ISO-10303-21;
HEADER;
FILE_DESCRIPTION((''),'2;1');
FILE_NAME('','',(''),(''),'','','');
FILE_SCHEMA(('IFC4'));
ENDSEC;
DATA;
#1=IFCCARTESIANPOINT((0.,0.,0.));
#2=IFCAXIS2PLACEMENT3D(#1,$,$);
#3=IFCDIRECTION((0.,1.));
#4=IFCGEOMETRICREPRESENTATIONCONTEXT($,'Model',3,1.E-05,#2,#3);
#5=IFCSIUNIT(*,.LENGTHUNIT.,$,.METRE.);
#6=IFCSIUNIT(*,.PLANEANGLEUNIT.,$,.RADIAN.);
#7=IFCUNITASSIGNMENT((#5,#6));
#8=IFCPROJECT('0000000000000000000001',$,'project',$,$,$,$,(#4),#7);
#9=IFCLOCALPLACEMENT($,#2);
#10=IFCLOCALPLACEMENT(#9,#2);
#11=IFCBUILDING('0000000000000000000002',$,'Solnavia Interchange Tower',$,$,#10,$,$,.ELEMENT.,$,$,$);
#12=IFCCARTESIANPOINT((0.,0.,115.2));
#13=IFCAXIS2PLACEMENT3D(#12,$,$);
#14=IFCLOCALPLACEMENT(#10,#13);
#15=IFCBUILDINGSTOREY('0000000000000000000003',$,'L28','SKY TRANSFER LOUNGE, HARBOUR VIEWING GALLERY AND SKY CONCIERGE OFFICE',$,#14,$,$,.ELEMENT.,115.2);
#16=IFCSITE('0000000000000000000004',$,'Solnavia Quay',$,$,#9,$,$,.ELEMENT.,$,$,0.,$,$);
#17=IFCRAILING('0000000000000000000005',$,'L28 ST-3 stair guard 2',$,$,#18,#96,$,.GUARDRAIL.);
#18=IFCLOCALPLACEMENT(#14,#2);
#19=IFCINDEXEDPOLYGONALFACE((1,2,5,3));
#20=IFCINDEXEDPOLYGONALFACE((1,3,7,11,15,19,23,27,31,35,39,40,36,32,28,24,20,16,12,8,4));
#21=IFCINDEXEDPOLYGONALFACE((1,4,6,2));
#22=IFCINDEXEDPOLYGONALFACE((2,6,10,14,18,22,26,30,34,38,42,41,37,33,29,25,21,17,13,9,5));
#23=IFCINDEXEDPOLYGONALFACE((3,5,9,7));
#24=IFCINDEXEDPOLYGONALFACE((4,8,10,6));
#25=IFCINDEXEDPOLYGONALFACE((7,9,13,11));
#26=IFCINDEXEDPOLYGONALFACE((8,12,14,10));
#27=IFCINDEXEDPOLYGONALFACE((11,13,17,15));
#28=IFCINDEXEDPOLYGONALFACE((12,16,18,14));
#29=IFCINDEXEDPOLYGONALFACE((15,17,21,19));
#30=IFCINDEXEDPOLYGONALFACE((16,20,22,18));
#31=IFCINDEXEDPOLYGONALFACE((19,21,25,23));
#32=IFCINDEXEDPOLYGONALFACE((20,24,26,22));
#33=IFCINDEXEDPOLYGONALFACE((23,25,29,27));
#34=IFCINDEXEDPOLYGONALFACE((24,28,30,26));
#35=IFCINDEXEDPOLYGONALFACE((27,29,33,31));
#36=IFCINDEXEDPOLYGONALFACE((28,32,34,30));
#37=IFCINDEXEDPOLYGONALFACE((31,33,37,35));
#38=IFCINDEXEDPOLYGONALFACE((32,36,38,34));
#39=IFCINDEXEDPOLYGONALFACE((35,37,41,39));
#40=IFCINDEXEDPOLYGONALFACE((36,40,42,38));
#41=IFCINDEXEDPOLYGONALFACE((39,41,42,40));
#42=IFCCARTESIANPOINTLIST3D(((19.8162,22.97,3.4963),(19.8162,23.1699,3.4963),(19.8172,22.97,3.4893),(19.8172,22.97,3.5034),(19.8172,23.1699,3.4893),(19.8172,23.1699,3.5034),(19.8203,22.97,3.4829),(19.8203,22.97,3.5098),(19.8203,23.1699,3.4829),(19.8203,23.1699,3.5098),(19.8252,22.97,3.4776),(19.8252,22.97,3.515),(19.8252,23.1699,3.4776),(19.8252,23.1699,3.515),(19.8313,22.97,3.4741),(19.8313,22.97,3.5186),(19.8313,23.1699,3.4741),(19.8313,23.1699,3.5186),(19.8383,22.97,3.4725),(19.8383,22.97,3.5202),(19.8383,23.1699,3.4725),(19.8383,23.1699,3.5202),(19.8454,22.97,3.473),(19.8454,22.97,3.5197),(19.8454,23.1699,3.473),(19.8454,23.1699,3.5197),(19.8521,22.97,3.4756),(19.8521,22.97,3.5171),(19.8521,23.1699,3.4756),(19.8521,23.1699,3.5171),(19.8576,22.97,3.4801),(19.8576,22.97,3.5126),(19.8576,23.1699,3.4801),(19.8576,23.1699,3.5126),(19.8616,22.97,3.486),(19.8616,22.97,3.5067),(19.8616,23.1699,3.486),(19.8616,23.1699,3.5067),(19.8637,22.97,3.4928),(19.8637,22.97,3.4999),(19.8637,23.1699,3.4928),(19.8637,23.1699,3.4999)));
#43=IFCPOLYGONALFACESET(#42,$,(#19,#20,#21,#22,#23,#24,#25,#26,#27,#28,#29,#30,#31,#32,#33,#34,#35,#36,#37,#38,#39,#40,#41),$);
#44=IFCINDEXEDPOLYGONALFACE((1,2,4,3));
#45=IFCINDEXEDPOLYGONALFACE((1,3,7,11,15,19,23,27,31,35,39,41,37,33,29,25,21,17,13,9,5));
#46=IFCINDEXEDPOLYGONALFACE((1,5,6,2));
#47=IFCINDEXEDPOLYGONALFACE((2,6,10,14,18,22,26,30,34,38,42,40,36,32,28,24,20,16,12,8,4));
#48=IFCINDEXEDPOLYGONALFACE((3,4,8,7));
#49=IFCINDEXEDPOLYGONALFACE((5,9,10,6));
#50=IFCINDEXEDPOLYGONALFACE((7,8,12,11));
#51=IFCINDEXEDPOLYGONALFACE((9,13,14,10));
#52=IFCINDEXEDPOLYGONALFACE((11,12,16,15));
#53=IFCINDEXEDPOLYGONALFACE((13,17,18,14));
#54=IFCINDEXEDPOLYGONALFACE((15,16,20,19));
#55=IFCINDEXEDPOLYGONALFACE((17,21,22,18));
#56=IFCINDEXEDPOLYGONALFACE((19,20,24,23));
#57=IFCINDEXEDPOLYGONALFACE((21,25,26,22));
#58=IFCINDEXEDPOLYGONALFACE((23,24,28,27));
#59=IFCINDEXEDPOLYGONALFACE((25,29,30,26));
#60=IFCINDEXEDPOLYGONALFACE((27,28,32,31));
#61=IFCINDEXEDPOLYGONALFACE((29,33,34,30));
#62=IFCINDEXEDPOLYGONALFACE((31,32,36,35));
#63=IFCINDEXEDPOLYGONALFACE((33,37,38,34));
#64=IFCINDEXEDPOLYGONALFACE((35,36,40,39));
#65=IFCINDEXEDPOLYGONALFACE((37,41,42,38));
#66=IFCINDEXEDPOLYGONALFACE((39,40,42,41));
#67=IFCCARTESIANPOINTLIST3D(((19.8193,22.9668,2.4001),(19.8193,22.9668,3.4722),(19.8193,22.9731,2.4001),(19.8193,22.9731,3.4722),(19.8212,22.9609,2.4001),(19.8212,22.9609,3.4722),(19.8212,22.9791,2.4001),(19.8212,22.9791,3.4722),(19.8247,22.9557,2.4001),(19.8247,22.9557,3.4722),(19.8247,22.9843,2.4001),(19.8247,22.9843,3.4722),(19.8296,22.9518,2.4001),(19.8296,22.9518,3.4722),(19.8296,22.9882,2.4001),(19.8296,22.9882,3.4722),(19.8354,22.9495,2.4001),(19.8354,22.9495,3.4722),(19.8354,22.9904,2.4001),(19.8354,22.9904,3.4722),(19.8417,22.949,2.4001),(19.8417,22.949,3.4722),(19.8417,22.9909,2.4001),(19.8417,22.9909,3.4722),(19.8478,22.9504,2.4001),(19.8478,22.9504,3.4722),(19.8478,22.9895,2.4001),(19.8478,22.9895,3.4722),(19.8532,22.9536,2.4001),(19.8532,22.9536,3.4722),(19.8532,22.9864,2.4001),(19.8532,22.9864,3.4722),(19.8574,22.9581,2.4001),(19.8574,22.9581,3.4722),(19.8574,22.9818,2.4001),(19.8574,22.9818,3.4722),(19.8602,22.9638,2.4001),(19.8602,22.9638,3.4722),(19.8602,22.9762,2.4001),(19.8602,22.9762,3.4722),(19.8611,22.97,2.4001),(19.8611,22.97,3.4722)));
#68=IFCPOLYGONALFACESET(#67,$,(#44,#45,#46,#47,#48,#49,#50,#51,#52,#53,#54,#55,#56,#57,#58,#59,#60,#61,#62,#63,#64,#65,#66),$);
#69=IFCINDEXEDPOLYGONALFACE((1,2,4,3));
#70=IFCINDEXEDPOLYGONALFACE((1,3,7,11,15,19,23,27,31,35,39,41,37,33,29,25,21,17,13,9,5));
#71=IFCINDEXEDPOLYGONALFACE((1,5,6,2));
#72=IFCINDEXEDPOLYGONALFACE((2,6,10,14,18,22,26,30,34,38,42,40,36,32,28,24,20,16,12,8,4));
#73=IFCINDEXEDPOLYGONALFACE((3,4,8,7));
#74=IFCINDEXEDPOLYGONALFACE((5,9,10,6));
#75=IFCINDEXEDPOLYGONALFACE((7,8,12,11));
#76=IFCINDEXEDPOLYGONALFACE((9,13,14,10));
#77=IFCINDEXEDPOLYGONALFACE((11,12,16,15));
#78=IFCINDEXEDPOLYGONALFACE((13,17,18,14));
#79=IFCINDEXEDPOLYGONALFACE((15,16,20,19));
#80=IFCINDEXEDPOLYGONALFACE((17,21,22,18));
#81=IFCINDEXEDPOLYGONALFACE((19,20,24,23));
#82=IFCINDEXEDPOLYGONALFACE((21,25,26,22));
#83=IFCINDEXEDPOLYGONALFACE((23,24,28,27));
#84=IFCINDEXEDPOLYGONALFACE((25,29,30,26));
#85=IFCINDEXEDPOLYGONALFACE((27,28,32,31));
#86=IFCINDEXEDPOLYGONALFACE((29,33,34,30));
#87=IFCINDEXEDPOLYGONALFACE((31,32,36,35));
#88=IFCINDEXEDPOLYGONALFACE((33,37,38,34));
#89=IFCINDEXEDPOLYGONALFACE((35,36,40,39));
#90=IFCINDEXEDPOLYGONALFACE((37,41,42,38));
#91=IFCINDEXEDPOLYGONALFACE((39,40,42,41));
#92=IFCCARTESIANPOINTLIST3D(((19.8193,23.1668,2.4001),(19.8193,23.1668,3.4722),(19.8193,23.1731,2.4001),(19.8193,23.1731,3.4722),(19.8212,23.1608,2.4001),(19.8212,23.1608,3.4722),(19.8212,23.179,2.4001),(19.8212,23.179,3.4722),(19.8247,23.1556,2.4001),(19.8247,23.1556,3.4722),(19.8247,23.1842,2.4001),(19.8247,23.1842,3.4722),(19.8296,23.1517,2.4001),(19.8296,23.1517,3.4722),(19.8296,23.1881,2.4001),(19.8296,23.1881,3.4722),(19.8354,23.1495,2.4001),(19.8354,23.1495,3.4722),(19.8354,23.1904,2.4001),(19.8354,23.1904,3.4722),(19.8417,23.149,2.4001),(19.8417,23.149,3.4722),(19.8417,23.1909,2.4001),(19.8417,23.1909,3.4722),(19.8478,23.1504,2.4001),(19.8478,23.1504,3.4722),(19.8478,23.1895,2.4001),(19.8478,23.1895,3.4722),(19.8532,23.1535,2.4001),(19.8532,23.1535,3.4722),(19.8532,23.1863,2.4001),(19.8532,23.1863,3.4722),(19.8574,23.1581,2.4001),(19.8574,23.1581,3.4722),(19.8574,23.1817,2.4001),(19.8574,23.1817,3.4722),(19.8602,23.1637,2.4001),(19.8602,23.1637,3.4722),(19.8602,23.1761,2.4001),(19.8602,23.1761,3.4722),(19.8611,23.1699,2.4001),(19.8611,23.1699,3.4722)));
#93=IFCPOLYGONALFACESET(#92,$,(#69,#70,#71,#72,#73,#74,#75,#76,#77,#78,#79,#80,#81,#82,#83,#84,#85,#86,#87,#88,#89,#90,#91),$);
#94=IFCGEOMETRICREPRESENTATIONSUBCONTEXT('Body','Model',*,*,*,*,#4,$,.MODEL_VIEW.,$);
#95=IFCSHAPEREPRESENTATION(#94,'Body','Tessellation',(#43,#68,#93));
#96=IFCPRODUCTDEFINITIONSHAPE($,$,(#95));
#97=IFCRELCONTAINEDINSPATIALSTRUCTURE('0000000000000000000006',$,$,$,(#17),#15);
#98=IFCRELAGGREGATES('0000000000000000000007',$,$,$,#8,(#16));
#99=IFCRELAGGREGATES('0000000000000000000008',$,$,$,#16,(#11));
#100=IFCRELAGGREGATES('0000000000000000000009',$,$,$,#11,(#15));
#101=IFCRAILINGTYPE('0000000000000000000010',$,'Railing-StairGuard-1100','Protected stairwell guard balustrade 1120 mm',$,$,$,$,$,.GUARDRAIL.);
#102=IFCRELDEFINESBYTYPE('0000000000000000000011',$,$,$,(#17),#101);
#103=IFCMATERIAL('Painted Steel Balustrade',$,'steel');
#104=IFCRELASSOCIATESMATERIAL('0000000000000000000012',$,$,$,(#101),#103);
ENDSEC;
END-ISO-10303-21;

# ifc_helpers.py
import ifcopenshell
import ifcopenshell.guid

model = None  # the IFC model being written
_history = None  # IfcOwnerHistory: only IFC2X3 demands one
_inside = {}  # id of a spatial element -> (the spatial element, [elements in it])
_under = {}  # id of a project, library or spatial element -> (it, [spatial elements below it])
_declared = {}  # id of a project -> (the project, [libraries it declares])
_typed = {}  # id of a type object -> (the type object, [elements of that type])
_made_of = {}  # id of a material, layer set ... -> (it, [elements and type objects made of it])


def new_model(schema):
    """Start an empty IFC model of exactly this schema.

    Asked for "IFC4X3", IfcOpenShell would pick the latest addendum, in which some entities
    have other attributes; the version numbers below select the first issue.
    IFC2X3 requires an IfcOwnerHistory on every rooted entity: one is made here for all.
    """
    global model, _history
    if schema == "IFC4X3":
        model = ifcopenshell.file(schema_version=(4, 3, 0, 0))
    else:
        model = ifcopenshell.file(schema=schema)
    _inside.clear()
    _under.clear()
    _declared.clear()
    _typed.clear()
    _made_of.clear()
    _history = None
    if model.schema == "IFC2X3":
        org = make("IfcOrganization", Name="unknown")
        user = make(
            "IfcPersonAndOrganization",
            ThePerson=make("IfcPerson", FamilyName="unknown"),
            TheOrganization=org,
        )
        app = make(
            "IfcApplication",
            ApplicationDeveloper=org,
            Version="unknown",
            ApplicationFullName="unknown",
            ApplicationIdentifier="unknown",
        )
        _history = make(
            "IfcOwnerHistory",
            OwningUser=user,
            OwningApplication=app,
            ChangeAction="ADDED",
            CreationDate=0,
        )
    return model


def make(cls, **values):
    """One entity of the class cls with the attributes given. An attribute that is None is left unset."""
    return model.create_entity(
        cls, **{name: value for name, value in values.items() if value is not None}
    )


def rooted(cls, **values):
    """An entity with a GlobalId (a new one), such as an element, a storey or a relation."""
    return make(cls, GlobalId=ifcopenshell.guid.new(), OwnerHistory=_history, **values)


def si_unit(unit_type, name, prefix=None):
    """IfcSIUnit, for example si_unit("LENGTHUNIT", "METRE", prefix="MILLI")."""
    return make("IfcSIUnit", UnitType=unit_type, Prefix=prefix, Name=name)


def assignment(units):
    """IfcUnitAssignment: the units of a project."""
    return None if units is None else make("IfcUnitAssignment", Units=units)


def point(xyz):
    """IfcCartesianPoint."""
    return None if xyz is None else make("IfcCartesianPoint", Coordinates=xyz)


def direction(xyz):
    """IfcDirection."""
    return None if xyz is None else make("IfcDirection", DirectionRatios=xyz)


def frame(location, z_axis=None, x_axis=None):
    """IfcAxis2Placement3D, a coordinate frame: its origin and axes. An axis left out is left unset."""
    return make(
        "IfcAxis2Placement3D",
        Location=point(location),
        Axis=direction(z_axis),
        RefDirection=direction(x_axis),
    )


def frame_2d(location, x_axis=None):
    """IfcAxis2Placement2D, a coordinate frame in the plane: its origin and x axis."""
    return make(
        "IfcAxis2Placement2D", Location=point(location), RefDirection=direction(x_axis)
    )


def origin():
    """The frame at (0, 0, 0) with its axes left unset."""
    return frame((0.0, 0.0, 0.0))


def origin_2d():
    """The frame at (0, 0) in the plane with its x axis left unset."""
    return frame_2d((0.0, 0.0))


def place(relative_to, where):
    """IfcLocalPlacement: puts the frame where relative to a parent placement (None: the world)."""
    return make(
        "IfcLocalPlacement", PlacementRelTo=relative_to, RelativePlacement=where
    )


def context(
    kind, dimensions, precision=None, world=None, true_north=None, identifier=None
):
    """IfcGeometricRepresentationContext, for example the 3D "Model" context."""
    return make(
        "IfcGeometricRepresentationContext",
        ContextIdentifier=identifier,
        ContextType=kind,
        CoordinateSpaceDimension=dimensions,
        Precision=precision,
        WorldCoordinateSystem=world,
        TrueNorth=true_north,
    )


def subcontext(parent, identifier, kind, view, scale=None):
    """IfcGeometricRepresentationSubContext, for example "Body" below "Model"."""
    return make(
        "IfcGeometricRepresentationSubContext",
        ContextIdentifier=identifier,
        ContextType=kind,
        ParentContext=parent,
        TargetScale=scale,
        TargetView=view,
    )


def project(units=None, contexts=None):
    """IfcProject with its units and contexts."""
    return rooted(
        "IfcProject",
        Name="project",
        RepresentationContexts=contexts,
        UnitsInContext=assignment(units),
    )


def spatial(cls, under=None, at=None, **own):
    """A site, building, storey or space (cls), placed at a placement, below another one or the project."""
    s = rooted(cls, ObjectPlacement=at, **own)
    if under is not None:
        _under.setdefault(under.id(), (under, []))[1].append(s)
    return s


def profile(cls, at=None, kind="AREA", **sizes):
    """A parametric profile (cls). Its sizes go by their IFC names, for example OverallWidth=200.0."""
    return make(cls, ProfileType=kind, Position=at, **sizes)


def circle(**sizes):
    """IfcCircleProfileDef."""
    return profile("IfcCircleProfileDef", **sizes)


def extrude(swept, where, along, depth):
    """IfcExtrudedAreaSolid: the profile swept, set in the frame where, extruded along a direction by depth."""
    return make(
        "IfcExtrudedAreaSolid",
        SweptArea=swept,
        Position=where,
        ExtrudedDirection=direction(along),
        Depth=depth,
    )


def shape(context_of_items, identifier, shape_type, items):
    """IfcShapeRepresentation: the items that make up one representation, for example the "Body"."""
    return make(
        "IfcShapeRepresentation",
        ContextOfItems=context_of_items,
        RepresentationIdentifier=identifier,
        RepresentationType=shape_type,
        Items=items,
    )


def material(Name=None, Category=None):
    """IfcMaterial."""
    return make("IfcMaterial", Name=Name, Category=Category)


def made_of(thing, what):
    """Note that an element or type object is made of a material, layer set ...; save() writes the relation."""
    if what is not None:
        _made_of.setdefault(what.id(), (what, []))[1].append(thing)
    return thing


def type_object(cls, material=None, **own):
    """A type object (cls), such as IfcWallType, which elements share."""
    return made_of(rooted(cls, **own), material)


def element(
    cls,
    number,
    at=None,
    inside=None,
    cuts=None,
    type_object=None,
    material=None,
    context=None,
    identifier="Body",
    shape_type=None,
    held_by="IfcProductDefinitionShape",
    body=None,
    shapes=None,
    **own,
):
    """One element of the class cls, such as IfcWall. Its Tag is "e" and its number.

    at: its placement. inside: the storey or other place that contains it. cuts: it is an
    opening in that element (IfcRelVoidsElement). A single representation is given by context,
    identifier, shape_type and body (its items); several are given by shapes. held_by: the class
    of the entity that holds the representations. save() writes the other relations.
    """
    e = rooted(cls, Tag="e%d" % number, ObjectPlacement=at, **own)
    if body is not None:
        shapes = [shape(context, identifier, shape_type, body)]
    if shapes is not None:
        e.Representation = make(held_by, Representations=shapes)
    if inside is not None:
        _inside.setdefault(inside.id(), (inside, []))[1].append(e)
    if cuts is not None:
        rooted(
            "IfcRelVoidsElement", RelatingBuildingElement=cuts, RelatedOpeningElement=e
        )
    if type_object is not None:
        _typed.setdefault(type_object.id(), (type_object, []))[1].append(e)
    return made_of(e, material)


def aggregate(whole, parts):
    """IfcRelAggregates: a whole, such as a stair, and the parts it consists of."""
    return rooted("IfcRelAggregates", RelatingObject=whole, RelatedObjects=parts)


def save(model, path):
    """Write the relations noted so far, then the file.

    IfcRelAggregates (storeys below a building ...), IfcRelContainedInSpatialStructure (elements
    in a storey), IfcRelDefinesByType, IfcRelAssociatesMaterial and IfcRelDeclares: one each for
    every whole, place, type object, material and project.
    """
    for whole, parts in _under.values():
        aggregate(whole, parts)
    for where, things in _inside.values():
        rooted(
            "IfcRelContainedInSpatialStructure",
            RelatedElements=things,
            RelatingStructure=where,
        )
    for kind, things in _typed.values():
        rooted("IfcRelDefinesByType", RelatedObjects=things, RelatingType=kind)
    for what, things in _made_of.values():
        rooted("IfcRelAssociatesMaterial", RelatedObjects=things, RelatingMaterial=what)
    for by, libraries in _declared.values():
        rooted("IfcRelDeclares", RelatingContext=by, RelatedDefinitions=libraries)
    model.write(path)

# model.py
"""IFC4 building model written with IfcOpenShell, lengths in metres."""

from ifc_helpers import new_model, si_unit, direction, frame, origin, origin_2d, place, context, subcontext, project, spatial, circle, extrude, material, type_object, element, save


model = new_model("IFC4")

# Units and contexts
model_context = context("Model", 3, precision=1e-05, world=origin(), true_north=direction((0.0, 1.0)))
body_context = subcontext(model_context, "Body", "Model", "MODEL_VIEW")
ifc_project = project(units=[si_unit("LENGTHUNIT", "METRE"), si_unit("PLANEANGLEUNIT", "RADIAN")], contexts=[model_context])

# Site, building, storey
site_placement = place(None, origin())
site = spatial("IfcSite", under=ifc_project, at=site_placement, Name="Solnavia Quay", CompositionType="ELEMENT", RefElevation=0.0)
building_placement = place(site_placement, origin())
building = spatial("IfcBuilding", under=site, at=building_placement, Name="Solnavia Interchange Tower", CompositionType="ELEMENT")
storey_placement = place(building_placement, frame((0.0, 0.0, 115.2)))
storey = spatial("IfcBuildingStorey", under=building, at=storey_placement, Name="L28", Description="SKY TRANSFER LOUNGE, HARBOUR VIEWING GALLERY AND SKY CONCIERGE OFFICE", CompositionType="ELEMENT", Elevation=115.2)

# Railing
ifc_material_1 = material(Name="Painted Steel Balustrade", Category="steel")
railing_type_1 = type_object("IfcRailingType", Name="Railing-StairGuard-1100", Description="Protected stairwell guard balustrade 1120 mm", PredefinedType="GUARDRAIL", material=ifc_material_1)
railing_1_placement = place(storey_placement, frame((19.8401, 22.97, 2.4001)))
element("IfcRailing", 1, at=railing_1_placement, inside=storey, type_object=railing_type_1, Name="L28 ST-3 stair guard 2", PredefinedType="GUARDRAIL", context=body_context, shape_type="SweptSolid", body=[
    extrude(circle(Radius=0.0239, at=origin_2d()), frame((0.0, 0.0, 1.0962), z_axis=(0.0, 1.0, 0.0), x_axis=(-1.0, 0.0, 0.0)), (0.0, 0.0, 1.0), 0.2),
    extrude(circle(Radius=0.021, at=origin_2d()), origin(), (0.0, 0.0, 1.0), 1.072),
    extrude(circle(Radius=0.021, at=origin_2d()), frame((0.0, 0.2, 0.0)), (0.0, 0.0, 1.0), 1.072),
])

save(model, "model.ifc")
